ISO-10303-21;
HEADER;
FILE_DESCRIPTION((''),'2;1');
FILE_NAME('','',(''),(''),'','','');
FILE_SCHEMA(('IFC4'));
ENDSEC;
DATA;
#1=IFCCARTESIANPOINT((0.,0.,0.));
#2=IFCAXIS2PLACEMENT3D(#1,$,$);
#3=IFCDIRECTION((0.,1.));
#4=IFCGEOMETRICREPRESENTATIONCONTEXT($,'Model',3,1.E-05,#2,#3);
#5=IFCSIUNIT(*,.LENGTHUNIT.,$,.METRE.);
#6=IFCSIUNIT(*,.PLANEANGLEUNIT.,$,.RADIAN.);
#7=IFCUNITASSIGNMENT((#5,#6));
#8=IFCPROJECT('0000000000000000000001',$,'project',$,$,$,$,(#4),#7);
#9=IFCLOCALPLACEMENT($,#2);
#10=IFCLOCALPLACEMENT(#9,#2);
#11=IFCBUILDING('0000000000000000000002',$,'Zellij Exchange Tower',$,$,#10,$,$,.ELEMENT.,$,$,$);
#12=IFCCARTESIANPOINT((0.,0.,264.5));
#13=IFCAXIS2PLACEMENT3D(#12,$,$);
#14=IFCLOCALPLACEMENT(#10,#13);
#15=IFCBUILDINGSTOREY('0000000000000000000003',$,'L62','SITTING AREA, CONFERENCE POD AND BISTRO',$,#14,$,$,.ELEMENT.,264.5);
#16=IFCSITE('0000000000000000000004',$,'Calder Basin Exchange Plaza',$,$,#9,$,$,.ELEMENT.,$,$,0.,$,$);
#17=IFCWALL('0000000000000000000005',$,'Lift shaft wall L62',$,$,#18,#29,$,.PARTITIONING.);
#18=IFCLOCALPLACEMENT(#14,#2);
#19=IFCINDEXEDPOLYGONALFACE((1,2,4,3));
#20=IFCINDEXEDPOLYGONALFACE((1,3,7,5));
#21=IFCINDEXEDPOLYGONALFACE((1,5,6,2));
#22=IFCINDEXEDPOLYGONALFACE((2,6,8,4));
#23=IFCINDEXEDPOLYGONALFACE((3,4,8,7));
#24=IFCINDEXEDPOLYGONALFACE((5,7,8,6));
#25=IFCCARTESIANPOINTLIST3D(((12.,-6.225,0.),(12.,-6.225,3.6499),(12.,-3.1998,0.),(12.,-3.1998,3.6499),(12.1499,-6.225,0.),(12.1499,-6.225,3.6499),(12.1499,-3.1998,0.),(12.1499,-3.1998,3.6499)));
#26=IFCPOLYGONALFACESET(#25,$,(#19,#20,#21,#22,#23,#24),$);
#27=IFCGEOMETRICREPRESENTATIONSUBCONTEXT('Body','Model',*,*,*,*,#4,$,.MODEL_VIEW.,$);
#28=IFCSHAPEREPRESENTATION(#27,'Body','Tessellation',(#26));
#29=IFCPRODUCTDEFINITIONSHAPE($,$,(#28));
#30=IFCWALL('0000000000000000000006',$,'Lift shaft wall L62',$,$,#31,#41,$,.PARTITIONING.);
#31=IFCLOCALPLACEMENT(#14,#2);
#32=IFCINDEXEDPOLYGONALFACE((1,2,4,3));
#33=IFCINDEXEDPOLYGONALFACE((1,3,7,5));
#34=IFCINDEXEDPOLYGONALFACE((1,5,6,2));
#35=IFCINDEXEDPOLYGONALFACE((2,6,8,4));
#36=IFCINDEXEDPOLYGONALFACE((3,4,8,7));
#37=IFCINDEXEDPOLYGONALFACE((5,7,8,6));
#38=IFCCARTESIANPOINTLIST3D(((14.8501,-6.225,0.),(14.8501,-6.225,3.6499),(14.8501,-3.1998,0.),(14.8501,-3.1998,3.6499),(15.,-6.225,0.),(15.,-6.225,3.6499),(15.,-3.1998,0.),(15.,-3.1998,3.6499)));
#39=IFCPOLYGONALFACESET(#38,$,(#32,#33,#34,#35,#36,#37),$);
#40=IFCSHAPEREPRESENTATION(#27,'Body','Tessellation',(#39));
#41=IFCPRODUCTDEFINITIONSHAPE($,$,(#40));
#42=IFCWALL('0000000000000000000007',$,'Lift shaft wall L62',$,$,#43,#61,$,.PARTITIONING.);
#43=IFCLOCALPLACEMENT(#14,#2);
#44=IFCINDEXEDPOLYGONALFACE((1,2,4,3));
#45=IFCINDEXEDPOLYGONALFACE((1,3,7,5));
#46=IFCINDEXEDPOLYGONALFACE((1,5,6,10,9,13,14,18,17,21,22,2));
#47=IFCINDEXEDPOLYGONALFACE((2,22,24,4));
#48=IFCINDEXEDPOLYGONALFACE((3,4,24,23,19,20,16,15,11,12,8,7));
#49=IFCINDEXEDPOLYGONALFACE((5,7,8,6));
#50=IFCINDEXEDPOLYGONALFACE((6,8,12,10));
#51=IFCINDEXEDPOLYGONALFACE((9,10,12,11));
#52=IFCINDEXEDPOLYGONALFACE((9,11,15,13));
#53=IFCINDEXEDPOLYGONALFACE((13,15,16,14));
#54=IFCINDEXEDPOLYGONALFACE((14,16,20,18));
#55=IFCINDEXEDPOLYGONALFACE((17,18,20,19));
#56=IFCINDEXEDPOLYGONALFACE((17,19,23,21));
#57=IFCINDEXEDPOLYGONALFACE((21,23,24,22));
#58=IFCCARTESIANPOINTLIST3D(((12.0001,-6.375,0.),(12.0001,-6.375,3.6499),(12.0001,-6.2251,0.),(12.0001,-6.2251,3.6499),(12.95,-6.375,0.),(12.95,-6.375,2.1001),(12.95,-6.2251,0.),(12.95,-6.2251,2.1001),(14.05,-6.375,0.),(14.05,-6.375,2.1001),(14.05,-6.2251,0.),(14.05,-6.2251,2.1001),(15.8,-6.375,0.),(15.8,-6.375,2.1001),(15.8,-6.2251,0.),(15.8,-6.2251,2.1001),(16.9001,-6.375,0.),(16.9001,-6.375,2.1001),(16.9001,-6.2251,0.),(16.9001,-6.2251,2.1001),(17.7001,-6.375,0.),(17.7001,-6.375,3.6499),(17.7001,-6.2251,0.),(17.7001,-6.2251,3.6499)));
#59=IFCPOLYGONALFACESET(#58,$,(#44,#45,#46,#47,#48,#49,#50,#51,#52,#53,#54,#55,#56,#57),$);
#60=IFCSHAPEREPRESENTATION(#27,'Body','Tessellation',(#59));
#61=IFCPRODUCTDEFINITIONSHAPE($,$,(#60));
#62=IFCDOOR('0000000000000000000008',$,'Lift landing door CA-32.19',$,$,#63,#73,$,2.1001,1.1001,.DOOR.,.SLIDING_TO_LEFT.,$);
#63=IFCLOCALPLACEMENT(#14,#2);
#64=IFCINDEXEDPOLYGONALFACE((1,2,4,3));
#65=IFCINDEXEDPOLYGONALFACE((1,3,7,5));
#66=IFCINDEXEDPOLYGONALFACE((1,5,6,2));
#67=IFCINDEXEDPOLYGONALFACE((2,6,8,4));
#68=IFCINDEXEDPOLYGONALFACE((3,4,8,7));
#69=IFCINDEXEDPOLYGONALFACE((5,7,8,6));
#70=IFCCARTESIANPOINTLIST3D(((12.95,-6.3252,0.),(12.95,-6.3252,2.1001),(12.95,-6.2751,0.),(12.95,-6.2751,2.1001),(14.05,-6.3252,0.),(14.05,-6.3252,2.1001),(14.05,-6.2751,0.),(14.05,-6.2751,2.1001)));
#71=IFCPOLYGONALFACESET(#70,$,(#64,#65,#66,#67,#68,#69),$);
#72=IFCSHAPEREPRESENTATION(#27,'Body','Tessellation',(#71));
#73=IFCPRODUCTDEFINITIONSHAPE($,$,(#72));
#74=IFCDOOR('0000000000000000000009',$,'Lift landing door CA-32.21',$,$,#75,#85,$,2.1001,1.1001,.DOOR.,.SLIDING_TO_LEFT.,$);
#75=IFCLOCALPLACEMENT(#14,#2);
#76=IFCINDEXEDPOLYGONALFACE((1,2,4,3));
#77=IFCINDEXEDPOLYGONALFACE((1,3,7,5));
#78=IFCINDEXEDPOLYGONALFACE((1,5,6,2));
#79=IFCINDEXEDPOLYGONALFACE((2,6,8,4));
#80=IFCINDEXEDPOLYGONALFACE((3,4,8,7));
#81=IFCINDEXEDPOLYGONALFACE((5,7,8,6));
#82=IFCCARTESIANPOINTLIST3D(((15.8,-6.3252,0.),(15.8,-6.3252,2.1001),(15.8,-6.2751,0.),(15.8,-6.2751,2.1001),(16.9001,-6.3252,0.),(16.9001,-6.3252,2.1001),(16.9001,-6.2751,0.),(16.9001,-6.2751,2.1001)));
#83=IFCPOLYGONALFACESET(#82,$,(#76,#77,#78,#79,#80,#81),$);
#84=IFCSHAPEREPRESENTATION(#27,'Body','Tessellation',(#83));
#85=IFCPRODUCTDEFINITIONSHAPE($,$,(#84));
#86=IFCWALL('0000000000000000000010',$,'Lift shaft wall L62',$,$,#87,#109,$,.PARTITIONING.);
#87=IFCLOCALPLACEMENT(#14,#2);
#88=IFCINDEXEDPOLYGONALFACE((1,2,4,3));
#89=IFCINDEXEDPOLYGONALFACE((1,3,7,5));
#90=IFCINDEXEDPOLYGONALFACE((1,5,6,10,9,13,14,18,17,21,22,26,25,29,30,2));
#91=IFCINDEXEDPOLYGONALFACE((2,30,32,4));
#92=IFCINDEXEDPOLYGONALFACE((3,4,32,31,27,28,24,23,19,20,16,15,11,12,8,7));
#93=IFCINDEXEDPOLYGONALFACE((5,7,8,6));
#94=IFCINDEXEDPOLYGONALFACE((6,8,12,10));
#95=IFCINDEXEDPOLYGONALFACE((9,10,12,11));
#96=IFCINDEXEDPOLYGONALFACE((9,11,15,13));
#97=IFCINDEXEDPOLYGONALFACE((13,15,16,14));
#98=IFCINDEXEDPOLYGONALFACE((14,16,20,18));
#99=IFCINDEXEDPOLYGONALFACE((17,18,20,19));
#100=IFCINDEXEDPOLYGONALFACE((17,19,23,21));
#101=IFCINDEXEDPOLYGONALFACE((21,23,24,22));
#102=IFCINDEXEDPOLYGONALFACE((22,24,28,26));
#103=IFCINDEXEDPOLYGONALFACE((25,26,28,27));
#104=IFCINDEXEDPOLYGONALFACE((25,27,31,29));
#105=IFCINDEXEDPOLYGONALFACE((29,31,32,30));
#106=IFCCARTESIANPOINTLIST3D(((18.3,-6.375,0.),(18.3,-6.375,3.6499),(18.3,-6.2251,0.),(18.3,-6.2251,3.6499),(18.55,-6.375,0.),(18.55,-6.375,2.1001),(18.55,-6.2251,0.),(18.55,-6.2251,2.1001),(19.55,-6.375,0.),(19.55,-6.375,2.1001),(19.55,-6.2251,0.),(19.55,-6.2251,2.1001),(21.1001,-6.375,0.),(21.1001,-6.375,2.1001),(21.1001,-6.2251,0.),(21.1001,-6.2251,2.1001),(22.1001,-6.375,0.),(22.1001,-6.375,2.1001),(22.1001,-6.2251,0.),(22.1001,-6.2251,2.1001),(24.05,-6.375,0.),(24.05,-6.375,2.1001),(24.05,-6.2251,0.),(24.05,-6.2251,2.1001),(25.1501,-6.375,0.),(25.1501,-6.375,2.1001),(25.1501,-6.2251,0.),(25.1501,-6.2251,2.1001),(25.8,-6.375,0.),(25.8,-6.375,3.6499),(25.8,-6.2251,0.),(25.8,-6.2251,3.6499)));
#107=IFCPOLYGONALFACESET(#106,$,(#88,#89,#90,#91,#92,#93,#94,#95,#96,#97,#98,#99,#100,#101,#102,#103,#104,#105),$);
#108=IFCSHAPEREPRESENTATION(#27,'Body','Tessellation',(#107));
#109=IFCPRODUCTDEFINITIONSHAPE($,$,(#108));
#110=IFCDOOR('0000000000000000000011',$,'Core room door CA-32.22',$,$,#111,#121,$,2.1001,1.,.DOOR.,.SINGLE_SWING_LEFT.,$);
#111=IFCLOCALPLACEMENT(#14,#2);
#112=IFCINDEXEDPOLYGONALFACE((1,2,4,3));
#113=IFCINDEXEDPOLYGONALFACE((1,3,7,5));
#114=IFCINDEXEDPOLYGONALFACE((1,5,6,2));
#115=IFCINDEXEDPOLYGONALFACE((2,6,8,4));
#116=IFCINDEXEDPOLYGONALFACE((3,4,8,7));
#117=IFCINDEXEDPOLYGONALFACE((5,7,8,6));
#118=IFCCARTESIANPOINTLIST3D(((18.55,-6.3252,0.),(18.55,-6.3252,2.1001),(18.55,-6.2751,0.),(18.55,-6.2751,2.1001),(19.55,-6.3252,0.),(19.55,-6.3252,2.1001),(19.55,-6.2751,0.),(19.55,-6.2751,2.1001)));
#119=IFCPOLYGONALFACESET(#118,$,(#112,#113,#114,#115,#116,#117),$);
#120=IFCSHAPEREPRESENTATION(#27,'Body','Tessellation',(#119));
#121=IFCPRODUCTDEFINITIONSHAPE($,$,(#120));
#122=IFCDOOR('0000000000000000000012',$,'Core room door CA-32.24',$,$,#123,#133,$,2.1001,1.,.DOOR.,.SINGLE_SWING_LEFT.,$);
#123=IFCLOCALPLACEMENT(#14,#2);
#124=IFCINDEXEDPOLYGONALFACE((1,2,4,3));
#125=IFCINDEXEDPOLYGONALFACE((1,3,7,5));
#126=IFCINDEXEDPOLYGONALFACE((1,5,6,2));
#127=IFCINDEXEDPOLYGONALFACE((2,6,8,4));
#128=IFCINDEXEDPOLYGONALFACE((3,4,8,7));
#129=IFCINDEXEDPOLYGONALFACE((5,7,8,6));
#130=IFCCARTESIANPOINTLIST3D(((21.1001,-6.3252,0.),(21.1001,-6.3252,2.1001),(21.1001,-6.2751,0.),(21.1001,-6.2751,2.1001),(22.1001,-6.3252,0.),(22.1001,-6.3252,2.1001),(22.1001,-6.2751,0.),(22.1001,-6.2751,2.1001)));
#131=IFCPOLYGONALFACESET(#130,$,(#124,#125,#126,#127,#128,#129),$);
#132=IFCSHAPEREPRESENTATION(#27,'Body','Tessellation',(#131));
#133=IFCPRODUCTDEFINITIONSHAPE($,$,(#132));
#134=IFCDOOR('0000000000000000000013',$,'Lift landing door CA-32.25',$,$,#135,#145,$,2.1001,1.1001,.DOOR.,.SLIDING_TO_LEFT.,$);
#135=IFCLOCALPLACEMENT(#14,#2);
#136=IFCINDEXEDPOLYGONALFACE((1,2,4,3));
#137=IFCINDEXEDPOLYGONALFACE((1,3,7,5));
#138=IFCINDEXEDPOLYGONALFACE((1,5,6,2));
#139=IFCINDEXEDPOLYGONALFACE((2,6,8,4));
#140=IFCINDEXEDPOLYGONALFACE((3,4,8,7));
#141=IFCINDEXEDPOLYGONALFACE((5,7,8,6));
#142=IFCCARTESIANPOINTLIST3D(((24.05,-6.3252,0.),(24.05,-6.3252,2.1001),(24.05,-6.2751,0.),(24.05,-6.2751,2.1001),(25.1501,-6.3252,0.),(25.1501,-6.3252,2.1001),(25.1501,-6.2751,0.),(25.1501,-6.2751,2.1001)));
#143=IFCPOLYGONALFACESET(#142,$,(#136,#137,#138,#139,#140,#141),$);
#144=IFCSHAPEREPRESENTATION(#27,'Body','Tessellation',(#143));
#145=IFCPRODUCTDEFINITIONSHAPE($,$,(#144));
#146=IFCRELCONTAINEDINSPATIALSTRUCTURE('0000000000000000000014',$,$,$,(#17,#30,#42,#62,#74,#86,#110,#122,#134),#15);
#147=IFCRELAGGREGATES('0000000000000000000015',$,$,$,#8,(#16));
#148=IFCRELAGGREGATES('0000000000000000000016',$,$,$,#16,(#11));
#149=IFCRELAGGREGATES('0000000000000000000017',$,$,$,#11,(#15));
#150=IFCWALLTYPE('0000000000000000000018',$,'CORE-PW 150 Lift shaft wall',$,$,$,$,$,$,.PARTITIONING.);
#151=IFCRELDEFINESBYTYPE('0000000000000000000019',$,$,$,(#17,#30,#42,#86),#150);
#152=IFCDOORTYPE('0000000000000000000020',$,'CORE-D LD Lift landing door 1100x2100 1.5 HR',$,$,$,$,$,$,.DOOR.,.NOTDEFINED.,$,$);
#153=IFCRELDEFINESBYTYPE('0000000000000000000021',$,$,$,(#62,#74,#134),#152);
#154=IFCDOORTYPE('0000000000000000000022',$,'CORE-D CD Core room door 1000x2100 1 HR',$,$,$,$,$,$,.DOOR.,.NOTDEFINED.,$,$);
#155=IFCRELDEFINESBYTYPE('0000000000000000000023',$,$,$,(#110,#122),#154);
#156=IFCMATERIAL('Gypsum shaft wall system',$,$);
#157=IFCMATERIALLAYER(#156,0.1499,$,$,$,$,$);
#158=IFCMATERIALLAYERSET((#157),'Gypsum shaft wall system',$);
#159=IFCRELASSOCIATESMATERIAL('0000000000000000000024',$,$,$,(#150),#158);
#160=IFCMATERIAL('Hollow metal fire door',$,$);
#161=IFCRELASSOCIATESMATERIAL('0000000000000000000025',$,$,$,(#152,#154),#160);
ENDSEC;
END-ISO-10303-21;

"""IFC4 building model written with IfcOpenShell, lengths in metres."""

from ifc_helpers import new_model, si_unit, direction, frame, frame_2d, origin, place, context, subcontext, project, spatial, rectangle, extrude, material, layer, layer_set, type_object, element, fill, save


model = new_model("IFC4")

# Units and contexts
model_context = context("Model", 3, precision=1e-05, world=origin(), true_north=direction((0.0, 1.0)))
body_context = subcontext(model_context, "Body", "Model", "MODEL_VIEW")
ifc_project = project(units=[si_unit("LENGTHUNIT", "METRE"), si_unit("PLANEANGLEUNIT", "RADIAN")], contexts=[model_context])

# Site, building, storey
site_placement = place(None, origin())
site = spatial("IfcSite", under=ifc_project, at=site_placement, Name="Calder Basin Exchange Plaza", CompositionType="ELEMENT", RefElevation=0.0)
building_placement = place(site_placement, origin())
building = spatial("IfcBuilding", under=site, at=building_placement, Name="Zellij Exchange Tower", CompositionType="ELEMENT")
storey_placement = place(building_placement, frame((0.0, 0.0, 264.5)))
storey = spatial("IfcBuildingStorey", under=building, at=storey_placement, Name="L62", Description="SITTING AREA, CONFERENCE POD AND BISTRO", CompositionType="ELEMENT", Elevation=264.5)

# Walls
ifc_material_1 = material(Name="Gypsum shaft wall system")
ifc_layer_1 = layer(ifc_material_1, 0.1499)
ifc_layer_set_1 = layer_set([ifc_layer_1], Name="Gypsum shaft wall system")
wall_type_1 = type_object("IfcWallType", Name="CORE-PW 150 Lift shaft wall", PredefinedType="PARTITIONING", material=ifc_layer_set_1)
for number, where, z_axis, x_axis, name in (
    (1, (12.075, -6.2251, 0.0), (0.0, 0.0, 1.0), (0.0, 1.0, 0.0), "Lift shaft wall L62"),
    (2, (14.925, -6.2251, 0.0), (0.0, 0.0, 1.0), (0.0, 1.0, 0.0), "Lift shaft wall L62"),
):
    element("IfcWall", number, at=place(storey_placement, frame(where, z_axis=z_axis, x_axis=x_axis)), inside=storey, type_object=wall_type_1, Name=name, PredefinedType="PARTITIONING", context=body_context, shape_type="SweptSolid", body=[
        extrude(rectangle(XDim=3.0251, YDim=0.1499, at=frame_2d((1.5127, 0.0))), origin(), (0.0, 0.0, 1.0), 3.6499),
    ])

# Walls, openings, doors
wall_1_placement = place(storey_placement, frame((12.0, -6.3, 0.0), z_axis=(0.0, 0.0, 1.0), x_axis=(1.0, 0.0, 0.0)))
wall_1 = element("IfcWall", 3, at=wall_1_placement, inside=storey, type_object=wall_type_1, Name="Lift shaft wall L62", PredefinedType="PARTITIONING", context=body_context, shape_type="SweptSolid", body=[
    extrude(rectangle(XDim=5.7, YDim=0.1499, at=frame_2d((2.8501, 0.0))), origin(), (0.0, 0.0, 1.0), 3.6499),
])
opening_1_placement = place(wall_1_placement, frame((0.95, 0.0, 0.0)))
opening_1 = element("IfcOpeningElement", 4, at=opening_1_placement, cuts=wall_1, PredefinedType="OPENING", context=body_context, shape_type="SweptSolid", body=[
    extrude(rectangle(XDim=1.1001, YDim=2.1001, at=frame_2d((0.55, 1.05))), frame((0.0, 0.0869, 0.0), z_axis=(0.0, -1.0, 0.0), x_axis=(1.0, 0.0, 0.0)), (0.0, 0.0, 1.0), 0.1738),
])
opening_2_placement = place(wall_1_placement, frame((3.8, 0.0, 0.0)))
opening_2 = element("IfcOpeningElement", 5, at=opening_2_placement, cuts=wall_1, PredefinedType="OPENING", context=body_context, shape_type="SweptSolid", body=[
    extrude(rectangle(XDim=1.1001, YDim=2.1001, at=frame_2d((0.55, 1.05))), frame((0.0, 0.0869, 0.0), z_axis=(0.0, -1.0, 0.0), x_axis=(1.0, 0.0, 0.0)), (0.0, 0.0, 1.0), 0.1738),
])
ifc_material_2 = material(Name="Hollow metal fire door")
door_type_1 = type_object("IfcDoorType", Name="CORE-D LD Lift landing door 1100x2100 1.5 HR", OperationType="NOTDEFINED", PredefinedType="DOOR", material=ifc_material_2)
door_1_placement = place(opening_1_placement, origin())
door_1 = element("IfcDoor", 6, at=door_1_placement, inside=storey, type_object=door_type_1, Name="Lift landing door CA-32.19", OperationType="SLIDING_TO_LEFT", OverallHeight=2.1001, OverallWidth=1.1001, PredefinedType="DOOR", context=body_context, shape_type="SweptSolid", body=[
    extrude(rectangle(XDim=1.1001, YDim=2.1001, at=frame_2d((0.55, 1.05))), frame((0.0, 0.0249, 0.0), z_axis=(0.0, -1.0, 0.0), x_axis=(1.0, 0.0, 0.0)), (0.0, 0.0, 1.0), 0.05),
])
fill(opening_1, door_1)
door_2_placement = place(opening_2_placement, origin())
door_2 = element("IfcDoor", 7, at=door_2_placement, inside=storey, type_object=door_type_1, Name="Lift landing door CA-32.21", OperationType="SLIDING_TO_LEFT", OverallHeight=2.1001, OverallWidth=1.1001, PredefinedType="DOOR", context=body_context, shape_type="SweptSolid", body=[
    extrude(rectangle(XDim=1.1001, YDim=2.1001, at=frame_2d((0.55, 1.05))), frame((0.0, 0.0249, 0.0), z_axis=(0.0, -1.0, 0.0), x_axis=(1.0, 0.0, 0.0)), (0.0, 0.0, 1.0), 0.05),
])
fill(opening_2, door_2)
wall_2_placement = place(storey_placement, frame((18.3, -6.3, 0.0), z_axis=(0.0, 0.0, 1.0), x_axis=(1.0, 0.0, 0.0)))
wall_2 = element("IfcWall", 8, at=wall_2_placement, inside=storey, type_object=wall_type_1, Name="Lift shaft wall L62", PredefinedType="PARTITIONING", context=body_context, shape_type="SweptSolid", body=[
    extrude(rectangle(XDim=7.5, YDim=0.1499, at=frame_2d((3.75, 0.0))), origin(), (0.0, 0.0, 1.0), 3.6499),
])
opening_3_placement = place(wall_2_placement, frame((0.25, 0.0, 0.0)))
opening_3 = element("IfcOpeningElement", 9, at=opening_3_placement, cuts=wall_2, PredefinedType="OPENING", context=body_context, shape_type="SweptSolid", body=[
    extrude(rectangle(XDim=1.0, YDim=2.1001, at=frame_2d((0.5, 1.05))), frame((0.0, 0.0869, 0.0), z_axis=(0.0, -1.0, 0.0), x_axis=(1.0, 0.0, 0.0)), (0.0, 0.0, 1.0), 0.1738),
])
opening_4_placement = place(wall_2_placement, frame((2.8, 0.0, 0.0)))
opening_4 = element("IfcOpeningElement", 10, at=opening_4_placement, cuts=wall_2, PredefinedType="OPENING", context=body_context, shape_type="SweptSolid", body=[
    extrude(rectangle(XDim=1.0, YDim=2.1001, at=frame_2d((0.5, 1.05))), frame((0.0, 0.0869, 0.0), z_axis=(0.0, -1.0, 0.0), x_axis=(1.0, 0.0, 0.0)), (0.0, 0.0, 1.0), 0.1738),
])
opening_5_placement = place(wall_2_placement, frame((5.75, 0.0, 0.0)))
opening_5 = element("IfcOpeningElement", 11, at=opening_5_placement, cuts=wall_2, PredefinedType="OPENING", context=body_context, shape_type="SweptSolid", body=[
    extrude(rectangle(XDim=1.1001, YDim=2.1001, at=frame_2d((0.55, 1.05))), frame((0.0, 0.0869, 0.0), z_axis=(0.0, -1.0, 0.0), x_axis=(1.0, 0.0, 0.0)), (0.0, 0.0, 1.0), 0.1738),
])
door_type_2 = type_object("IfcDoorType", Name="CORE-D CD Core room door 1000x2100 1 HR", OperationType="NOTDEFINED", PredefinedType="DOOR", material=ifc_material_2)
door_3_placement = place(opening_3_placement, origin())
door_3 = element("IfcDoor", 12, at=door_3_placement, inside=storey, type_object=door_type_2, Name="Core room door CA-32.22", OperationType="SINGLE_SWING_LEFT", OverallHeight=2.1001, OverallWidth=1.0, PredefinedType="DOOR", context=body_context, shape_type="SweptSolid", body=[
    extrude(rectangle(XDim=1.0, YDim=2.1001, at=frame_2d((0.5, 1.05))), frame((0.0, 0.0249, 0.0), z_axis=(0.0, -1.0, 0.0), x_axis=(1.0, 0.0, 0.0)), (0.0, 0.0, 1.0), 0.05),
])
fill(opening_3, door_3)
door_4_placement = place(opening_4_placement, origin())
door_4 = element("IfcDoor", 13, at=door_4_placement, inside=storey, type_object=door_type_2, Name="Core room door CA-32.24", OperationType="SINGLE_SWING_LEFT", OverallHeight=2.1001, OverallWidth=1.0, PredefinedType="DOOR", context=body_context, shape_type="SweptSolid", body=[
    extrude(rectangle(XDim=1.0, YDim=2.1001, at=frame_2d((0.5, 1.05))), frame((0.0, 0.0249, 0.0), z_axis=(0.0, -1.0, 0.0), x_axis=(1.0, 0.0, 0.0)), (0.0, 0.0, 1.0), 0.05),
])
fill(opening_4, door_4)
door_5_placement = place(opening_5_placement, origin())
door_5 = element("IfcDoor", 14, at=door_5_placement, inside=storey, type_object=door_type_1, Name="Lift landing door CA-32.25", OperationType="SLIDING_TO_LEFT", OverallHeight=2.1001, OverallWidth=1.1001, PredefinedType="DOOR", context=body_context, shape_type="SweptSolid", body=[
    extrude(rectangle(XDim=1.1001, YDim=2.1001, at=frame_2d((0.55, 1.05))), frame((0.0, 0.0249, 0.0), z_axis=(0.0, -1.0, 0.0), x_axis=(1.0, 0.0, 0.0)), (0.0, 0.0, 1.0), 0.05),
])
fill(opening_5, door_5)

save(model, "model.ifc")
